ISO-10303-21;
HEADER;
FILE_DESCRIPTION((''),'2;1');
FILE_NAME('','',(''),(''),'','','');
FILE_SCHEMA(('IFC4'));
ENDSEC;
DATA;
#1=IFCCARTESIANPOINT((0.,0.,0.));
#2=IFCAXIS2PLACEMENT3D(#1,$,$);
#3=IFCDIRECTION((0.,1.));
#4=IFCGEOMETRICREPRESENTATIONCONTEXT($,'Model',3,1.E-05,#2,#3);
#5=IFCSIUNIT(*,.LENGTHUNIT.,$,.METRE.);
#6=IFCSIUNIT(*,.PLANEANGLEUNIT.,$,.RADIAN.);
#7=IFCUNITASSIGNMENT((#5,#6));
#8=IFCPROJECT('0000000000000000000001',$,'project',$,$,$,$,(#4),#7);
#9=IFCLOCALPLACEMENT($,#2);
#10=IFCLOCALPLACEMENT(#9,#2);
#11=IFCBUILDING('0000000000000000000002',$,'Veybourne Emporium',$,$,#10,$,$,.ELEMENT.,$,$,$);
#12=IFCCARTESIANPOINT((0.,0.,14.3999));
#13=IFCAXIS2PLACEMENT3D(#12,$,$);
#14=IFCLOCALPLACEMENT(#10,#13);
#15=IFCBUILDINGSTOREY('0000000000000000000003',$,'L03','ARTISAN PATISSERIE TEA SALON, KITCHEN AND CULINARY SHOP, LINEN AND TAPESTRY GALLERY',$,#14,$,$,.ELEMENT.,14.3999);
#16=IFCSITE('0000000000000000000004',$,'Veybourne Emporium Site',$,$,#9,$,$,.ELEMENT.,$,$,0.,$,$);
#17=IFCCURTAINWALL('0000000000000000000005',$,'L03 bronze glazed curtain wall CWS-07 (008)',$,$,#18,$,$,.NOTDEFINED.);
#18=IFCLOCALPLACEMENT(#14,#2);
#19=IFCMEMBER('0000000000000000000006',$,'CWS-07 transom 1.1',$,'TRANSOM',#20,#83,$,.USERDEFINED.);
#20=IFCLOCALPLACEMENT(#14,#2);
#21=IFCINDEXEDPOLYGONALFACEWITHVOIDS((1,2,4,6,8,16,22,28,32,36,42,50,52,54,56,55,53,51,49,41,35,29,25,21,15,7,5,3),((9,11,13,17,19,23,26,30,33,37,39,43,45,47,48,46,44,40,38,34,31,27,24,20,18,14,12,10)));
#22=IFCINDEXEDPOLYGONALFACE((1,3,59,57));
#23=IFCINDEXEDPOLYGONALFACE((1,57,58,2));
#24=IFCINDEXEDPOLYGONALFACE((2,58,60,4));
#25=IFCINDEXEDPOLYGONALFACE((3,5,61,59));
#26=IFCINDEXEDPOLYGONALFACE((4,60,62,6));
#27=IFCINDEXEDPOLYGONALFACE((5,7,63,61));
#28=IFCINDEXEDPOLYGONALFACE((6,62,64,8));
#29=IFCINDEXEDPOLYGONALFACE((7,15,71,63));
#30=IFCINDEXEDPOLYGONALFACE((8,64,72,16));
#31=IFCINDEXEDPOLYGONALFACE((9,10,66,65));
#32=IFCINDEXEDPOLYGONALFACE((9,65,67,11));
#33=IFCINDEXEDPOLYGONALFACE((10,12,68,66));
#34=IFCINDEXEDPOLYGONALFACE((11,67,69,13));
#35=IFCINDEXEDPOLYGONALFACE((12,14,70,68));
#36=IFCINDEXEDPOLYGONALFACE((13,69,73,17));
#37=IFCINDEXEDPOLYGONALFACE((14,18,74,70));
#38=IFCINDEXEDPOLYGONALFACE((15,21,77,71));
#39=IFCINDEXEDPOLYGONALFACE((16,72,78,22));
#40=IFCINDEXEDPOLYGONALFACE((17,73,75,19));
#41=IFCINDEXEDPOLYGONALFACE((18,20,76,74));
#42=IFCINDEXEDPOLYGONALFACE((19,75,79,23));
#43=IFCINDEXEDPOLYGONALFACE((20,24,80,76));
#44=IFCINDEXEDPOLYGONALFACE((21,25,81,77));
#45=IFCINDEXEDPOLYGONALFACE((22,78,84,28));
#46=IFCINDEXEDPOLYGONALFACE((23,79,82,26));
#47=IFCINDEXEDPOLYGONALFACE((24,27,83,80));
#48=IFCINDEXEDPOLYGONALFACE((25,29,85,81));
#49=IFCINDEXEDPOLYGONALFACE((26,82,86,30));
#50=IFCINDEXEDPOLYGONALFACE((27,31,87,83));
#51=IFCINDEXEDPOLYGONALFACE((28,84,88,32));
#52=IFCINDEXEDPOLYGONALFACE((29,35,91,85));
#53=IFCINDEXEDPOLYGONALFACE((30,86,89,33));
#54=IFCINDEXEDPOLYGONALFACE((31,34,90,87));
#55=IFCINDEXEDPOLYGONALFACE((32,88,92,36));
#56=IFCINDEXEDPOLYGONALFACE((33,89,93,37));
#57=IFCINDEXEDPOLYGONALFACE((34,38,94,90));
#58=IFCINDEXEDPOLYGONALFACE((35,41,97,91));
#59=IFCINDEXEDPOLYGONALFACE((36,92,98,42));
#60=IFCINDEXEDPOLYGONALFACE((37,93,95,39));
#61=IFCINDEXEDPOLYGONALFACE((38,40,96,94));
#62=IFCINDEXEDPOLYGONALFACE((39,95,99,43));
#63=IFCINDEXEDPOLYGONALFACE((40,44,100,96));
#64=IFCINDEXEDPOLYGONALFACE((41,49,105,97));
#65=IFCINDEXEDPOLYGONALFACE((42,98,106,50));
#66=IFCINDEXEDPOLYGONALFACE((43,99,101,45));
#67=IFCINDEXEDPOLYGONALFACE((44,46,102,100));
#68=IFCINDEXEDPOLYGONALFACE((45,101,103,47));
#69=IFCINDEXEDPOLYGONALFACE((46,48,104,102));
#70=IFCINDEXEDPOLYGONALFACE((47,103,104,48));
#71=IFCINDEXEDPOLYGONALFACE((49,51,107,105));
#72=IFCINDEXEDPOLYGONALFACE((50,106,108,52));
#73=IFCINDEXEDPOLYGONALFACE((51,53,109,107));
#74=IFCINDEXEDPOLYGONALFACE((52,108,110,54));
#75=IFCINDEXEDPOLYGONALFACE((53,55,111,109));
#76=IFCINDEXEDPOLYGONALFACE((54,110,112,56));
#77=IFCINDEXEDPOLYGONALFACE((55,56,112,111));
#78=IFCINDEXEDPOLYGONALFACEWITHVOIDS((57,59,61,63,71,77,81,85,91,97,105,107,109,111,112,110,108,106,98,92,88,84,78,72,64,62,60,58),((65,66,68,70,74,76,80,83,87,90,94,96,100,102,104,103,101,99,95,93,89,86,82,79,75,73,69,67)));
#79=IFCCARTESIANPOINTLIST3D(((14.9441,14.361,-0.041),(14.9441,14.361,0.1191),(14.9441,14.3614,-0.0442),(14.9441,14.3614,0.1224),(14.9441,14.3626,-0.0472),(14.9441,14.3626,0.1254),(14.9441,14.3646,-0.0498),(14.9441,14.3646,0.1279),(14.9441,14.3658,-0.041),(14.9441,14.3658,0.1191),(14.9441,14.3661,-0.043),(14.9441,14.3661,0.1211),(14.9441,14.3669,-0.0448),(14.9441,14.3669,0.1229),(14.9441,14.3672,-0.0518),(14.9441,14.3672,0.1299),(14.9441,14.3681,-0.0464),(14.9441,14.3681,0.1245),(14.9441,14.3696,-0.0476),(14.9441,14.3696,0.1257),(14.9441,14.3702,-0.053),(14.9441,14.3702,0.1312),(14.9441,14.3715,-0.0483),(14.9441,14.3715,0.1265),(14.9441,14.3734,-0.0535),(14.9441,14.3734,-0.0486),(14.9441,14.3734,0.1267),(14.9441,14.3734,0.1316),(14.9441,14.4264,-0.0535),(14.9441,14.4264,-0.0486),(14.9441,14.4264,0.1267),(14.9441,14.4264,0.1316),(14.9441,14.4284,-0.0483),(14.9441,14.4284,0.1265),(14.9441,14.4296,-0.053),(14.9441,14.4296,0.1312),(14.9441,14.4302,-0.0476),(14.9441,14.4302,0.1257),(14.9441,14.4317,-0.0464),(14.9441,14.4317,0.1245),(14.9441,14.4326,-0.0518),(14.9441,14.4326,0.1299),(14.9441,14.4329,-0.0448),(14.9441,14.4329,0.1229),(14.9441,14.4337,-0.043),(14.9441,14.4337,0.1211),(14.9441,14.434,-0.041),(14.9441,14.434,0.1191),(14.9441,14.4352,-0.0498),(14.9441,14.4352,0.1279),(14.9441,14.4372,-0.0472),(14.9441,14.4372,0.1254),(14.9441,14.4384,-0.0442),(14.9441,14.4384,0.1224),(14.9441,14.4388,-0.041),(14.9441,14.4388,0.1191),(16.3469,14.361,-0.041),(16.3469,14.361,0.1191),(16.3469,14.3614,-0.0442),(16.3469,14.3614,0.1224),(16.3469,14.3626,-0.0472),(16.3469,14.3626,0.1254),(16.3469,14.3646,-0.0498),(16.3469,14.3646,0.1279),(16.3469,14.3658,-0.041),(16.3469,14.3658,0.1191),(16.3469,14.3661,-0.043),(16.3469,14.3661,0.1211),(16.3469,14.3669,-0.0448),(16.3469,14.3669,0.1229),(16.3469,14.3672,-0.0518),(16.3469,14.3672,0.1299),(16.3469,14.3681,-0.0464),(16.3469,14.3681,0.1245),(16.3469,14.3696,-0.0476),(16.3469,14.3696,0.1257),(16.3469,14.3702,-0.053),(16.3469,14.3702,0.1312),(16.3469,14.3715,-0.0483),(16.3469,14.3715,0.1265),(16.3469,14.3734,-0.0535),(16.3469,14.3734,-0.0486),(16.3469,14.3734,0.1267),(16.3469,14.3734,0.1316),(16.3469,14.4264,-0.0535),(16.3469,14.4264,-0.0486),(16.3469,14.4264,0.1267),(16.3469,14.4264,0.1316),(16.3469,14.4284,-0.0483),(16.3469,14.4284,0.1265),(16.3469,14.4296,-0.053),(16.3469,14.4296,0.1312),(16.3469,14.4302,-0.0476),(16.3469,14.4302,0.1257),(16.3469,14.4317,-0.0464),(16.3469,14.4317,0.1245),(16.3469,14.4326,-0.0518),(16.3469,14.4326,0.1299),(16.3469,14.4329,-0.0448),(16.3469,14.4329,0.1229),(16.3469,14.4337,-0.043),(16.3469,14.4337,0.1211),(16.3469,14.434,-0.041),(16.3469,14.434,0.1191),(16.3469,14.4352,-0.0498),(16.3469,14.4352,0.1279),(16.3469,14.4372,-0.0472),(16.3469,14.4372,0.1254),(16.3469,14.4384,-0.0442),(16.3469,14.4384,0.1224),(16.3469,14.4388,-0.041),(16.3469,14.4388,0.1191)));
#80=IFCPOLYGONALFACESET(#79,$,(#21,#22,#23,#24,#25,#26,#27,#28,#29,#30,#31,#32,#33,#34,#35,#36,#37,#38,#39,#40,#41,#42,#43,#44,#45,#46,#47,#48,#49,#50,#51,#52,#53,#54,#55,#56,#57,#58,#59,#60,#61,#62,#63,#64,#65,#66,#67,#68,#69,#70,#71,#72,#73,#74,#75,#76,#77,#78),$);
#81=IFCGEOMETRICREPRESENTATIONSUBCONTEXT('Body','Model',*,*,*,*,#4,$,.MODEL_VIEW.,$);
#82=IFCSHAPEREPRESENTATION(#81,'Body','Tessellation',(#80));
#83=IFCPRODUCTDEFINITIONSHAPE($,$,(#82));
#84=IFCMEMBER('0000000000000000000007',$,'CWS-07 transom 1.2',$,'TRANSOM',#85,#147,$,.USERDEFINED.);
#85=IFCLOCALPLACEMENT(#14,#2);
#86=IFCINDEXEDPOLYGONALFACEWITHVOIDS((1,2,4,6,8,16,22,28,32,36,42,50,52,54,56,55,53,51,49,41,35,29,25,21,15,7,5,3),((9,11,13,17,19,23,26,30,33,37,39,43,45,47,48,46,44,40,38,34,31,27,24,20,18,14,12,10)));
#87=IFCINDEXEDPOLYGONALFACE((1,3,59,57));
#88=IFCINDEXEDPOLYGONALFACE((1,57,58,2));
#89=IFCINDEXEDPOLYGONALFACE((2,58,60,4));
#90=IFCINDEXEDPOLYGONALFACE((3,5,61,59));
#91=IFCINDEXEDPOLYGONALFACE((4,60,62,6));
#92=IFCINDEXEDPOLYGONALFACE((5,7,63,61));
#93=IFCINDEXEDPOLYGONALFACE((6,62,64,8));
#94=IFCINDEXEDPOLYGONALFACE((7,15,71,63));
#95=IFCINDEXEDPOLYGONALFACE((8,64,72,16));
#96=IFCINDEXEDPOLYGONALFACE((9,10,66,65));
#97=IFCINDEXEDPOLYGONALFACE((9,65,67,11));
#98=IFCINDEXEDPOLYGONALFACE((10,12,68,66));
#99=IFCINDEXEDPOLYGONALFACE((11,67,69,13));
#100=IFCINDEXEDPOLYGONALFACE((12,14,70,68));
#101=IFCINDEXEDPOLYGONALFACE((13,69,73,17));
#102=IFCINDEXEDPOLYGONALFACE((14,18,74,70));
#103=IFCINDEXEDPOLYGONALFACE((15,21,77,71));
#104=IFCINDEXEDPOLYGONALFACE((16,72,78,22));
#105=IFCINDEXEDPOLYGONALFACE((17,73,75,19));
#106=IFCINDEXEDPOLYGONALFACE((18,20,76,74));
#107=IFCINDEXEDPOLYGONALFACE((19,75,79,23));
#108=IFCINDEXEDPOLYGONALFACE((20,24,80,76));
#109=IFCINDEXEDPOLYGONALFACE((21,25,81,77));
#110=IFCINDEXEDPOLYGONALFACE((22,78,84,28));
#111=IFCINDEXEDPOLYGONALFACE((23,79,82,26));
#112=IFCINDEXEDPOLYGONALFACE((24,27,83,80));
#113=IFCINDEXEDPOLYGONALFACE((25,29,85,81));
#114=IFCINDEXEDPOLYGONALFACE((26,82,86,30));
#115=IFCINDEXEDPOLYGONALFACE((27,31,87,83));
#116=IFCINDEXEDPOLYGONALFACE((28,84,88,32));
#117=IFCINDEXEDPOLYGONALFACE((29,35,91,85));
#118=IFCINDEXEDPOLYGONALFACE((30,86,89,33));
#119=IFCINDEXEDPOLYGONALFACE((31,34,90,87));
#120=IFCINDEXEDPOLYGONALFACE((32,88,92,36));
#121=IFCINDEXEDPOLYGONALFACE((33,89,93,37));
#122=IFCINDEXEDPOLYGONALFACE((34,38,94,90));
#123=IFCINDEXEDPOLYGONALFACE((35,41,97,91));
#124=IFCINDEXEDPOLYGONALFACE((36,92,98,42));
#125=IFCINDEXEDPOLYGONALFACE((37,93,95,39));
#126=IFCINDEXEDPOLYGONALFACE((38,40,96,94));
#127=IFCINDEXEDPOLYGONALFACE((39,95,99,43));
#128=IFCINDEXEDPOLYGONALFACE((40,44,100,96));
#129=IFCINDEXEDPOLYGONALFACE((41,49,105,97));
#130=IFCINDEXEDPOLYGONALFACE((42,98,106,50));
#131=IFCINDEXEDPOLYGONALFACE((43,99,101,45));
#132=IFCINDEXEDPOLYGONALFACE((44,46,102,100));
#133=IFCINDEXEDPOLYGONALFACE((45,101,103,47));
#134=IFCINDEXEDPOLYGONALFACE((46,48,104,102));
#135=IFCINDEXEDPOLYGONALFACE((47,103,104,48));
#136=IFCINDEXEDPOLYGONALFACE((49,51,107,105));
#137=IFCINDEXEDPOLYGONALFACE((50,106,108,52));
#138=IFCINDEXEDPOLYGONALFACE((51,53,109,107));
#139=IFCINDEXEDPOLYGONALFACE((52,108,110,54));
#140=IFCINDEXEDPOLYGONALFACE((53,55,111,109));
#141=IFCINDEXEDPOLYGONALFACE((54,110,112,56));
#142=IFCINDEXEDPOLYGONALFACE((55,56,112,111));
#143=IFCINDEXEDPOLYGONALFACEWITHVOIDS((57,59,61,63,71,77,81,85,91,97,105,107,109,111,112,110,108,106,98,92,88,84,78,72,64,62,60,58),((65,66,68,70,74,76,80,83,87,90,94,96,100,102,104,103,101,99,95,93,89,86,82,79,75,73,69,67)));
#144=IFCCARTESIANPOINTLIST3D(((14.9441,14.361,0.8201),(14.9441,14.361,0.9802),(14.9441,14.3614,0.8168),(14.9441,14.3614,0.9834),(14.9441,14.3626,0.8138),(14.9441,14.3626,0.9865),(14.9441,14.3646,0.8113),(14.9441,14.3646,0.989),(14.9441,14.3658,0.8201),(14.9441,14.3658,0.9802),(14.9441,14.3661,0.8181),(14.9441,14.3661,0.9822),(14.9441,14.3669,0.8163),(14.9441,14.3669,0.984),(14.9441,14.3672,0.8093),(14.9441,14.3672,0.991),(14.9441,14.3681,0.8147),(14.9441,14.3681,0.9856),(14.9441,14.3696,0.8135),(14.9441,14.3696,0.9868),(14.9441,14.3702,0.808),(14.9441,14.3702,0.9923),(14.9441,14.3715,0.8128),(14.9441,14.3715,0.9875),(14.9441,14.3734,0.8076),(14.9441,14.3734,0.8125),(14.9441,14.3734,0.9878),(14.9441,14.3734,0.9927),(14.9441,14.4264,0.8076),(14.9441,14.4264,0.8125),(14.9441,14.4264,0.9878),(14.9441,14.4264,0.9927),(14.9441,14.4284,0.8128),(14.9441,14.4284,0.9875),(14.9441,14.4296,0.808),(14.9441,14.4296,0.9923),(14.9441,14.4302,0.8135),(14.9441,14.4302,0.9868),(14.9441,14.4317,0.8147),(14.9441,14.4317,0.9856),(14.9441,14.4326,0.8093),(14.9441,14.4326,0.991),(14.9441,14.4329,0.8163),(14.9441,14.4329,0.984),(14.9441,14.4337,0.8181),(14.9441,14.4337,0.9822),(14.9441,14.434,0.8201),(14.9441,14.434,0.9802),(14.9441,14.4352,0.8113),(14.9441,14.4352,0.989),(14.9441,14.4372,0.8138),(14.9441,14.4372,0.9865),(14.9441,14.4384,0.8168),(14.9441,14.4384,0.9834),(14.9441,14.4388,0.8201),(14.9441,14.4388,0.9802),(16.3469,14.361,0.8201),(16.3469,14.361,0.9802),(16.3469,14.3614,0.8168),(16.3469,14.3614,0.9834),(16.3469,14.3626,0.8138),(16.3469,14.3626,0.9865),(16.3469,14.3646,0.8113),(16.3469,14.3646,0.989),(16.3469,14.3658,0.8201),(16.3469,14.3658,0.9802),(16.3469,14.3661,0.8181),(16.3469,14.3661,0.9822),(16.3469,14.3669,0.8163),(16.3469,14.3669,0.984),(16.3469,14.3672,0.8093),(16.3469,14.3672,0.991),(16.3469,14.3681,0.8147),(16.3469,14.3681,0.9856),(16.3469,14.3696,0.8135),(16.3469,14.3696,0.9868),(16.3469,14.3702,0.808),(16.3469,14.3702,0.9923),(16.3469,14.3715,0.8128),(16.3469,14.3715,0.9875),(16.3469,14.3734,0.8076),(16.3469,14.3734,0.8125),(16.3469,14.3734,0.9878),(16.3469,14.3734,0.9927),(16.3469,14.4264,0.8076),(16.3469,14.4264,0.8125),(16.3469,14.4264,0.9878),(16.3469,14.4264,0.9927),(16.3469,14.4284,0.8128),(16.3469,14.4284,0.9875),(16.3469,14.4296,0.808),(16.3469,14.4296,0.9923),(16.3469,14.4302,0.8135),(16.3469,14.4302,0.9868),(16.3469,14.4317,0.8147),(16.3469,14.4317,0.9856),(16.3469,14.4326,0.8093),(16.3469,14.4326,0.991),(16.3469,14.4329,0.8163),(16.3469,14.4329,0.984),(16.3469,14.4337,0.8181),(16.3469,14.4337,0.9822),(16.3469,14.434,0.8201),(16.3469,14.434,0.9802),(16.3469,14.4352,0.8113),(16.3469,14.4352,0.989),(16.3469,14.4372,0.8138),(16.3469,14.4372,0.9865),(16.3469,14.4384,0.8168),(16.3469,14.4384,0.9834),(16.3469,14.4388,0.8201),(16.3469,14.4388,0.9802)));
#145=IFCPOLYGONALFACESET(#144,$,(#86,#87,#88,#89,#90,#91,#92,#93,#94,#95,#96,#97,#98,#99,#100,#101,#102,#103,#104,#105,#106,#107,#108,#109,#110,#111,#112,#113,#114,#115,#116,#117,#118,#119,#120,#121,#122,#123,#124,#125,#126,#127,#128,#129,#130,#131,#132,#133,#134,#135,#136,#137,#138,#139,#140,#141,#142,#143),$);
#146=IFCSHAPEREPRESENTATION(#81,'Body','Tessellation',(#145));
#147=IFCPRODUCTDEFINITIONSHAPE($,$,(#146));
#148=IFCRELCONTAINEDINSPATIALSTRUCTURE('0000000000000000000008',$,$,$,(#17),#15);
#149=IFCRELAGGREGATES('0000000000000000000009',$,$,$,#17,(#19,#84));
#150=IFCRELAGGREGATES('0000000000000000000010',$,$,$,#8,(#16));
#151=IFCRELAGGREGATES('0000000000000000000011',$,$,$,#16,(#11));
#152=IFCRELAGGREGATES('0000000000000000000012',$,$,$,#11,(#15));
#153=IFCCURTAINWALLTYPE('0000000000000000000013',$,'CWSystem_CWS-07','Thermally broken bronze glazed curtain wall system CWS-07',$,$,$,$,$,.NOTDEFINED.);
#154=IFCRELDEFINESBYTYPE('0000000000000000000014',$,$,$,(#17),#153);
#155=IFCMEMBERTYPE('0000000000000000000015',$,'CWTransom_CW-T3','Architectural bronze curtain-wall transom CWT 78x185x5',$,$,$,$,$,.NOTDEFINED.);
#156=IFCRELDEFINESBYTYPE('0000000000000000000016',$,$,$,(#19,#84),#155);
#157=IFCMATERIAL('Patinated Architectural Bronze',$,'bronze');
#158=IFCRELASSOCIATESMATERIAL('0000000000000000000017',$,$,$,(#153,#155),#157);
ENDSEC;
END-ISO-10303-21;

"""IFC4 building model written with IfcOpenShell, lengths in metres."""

from ifc_helpers import new_model, si_unit, direction, frame, origin, origin_2d, place, context, subcontext, project, spatial, hollow_rectangle, extrude, material, material_profile, profile_set, type_object, element, aggregate, save


model = new_model("IFC4")

# Units and contexts
model_context = context("Model", 3, precision=1e-05, world=origin(), true_north=direction((0.0, 1.0)))
body_context = subcontext(model_context, "Body", "Model", "MODEL_VIEW")
ifc_project = project(units=[si_unit("LENGTHUNIT", "METRE"), si_unit("PLANEANGLEUNIT", "RADIAN")], contexts=[model_context])

# Site, building, storey
site_placement = place(None, origin())
site = spatial("IfcSite", under=ifc_project, at=site_placement, Name="Veybourne Emporium Site", CompositionType="ELEMENT", RefElevation=0.0)
building_placement = place(site_placement, origin())
building = spatial("IfcBuilding", under=site, at=building_placement, Name="Veybourne Emporium", CompositionType="ELEMENT")
storey_placement = place(building_placement, frame((0.0, 0.0, 14.3999)))
storey = spatial("IfcBuildingStorey", under=building, at=storey_placement, Name="L03", Description="ARTISAN PATISSERIE TEA SALON, KITCHEN AND CULINARY SHOP, LINEN AND TAPESTRY GALLERY", CompositionType="ELEMENT", Elevation=14.3999)

# Curtain wall, members
ifc_material_1 = material(Name="Patinated Architectural Bronze", Category="bronze")
curtain_wall_type = type_object("IfcCurtainWallType", Name="CWSystem_CWS-07", Description="Thermally broken bronze glazed curtain wall system CWS-07", PredefinedType="NOTDEFINED", material=ifc_material_1)
curtain_wall_placement = place(storey_placement, origin())
curtain_wall = element("IfcCurtainWall", 1, at=curtain_wall_placement, inside=storey, type_object=curtain_wall_type, Name="L03 bronze glazed curtain wall CWS-07 (008)", PredefinedType="NOTDEFINED")
ifc_material_profile_1 = material_profile(ifc_material_1, hollow_rectangle(XDim=0.0779, YDim=0.1851, WallThickness=0.0049, InnerFilletRadius=0.0076, OuterFilletRadius=0.0125, at=origin_2d()), Name="CWT 78x185x5")
ifc_profile_set_1 = profile_set([ifc_material_profile_1], Name="Patinated Architectural Bronze")
member_type_1 = type_object("IfcMemberType", Name="CWTransom_CW-T3", Description="Architectural bronze curtain-wall transom CWT 78x185x5", PredefinedType="NOTDEFINED", material=ifc_profile_set_1)
member_1_placement = place(storey_placement, frame((16.3469, 14.3999, 0.0391), z_axis=(-1.0, 0.0, 0.0), x_axis=(0.0, -1.0, 0.0)))
member_1 = element("IfcMember", 2, at=member_1_placement, type_object=member_type_1, Name="CWS-07 transom 1.1", ObjectType="TRANSOM", PredefinedType="USERDEFINED", context=body_context, shape_type="SweptSolid", body=[
    extrude(hollow_rectangle(XDim=0.0779, YDim=0.1851, WallThickness=0.0049, InnerFilletRadius=0.0076, OuterFilletRadius=0.0125, at=origin_2d()), origin(), (0.0, 0.0, 1.0), 1.4028),
])
member_2_placement = place(storey_placement, frame((16.3469, 14.3999, 0.9001), z_axis=(-1.0, 0.0, 0.0), x_axis=(0.0, -1.0, 0.0)))
member_2 = element("IfcMember", 3, at=member_2_placement, type_object=member_type_1, Name="CWS-07 transom 1.2", ObjectType="TRANSOM", PredefinedType="USERDEFINED", context=body_context, shape_type="SweptSolid", body=[
    extrude(hollow_rectangle(XDim=0.0779, YDim=0.1851, WallThickness=0.0049, InnerFilletRadius=0.0076, OuterFilletRadius=0.0125, at=origin_2d()), origin(), (0.0, 0.0, 1.0), 1.4028),
])

aggregate(curtain_wall, [member_1, member_2])

save(model, "model.ifc")
